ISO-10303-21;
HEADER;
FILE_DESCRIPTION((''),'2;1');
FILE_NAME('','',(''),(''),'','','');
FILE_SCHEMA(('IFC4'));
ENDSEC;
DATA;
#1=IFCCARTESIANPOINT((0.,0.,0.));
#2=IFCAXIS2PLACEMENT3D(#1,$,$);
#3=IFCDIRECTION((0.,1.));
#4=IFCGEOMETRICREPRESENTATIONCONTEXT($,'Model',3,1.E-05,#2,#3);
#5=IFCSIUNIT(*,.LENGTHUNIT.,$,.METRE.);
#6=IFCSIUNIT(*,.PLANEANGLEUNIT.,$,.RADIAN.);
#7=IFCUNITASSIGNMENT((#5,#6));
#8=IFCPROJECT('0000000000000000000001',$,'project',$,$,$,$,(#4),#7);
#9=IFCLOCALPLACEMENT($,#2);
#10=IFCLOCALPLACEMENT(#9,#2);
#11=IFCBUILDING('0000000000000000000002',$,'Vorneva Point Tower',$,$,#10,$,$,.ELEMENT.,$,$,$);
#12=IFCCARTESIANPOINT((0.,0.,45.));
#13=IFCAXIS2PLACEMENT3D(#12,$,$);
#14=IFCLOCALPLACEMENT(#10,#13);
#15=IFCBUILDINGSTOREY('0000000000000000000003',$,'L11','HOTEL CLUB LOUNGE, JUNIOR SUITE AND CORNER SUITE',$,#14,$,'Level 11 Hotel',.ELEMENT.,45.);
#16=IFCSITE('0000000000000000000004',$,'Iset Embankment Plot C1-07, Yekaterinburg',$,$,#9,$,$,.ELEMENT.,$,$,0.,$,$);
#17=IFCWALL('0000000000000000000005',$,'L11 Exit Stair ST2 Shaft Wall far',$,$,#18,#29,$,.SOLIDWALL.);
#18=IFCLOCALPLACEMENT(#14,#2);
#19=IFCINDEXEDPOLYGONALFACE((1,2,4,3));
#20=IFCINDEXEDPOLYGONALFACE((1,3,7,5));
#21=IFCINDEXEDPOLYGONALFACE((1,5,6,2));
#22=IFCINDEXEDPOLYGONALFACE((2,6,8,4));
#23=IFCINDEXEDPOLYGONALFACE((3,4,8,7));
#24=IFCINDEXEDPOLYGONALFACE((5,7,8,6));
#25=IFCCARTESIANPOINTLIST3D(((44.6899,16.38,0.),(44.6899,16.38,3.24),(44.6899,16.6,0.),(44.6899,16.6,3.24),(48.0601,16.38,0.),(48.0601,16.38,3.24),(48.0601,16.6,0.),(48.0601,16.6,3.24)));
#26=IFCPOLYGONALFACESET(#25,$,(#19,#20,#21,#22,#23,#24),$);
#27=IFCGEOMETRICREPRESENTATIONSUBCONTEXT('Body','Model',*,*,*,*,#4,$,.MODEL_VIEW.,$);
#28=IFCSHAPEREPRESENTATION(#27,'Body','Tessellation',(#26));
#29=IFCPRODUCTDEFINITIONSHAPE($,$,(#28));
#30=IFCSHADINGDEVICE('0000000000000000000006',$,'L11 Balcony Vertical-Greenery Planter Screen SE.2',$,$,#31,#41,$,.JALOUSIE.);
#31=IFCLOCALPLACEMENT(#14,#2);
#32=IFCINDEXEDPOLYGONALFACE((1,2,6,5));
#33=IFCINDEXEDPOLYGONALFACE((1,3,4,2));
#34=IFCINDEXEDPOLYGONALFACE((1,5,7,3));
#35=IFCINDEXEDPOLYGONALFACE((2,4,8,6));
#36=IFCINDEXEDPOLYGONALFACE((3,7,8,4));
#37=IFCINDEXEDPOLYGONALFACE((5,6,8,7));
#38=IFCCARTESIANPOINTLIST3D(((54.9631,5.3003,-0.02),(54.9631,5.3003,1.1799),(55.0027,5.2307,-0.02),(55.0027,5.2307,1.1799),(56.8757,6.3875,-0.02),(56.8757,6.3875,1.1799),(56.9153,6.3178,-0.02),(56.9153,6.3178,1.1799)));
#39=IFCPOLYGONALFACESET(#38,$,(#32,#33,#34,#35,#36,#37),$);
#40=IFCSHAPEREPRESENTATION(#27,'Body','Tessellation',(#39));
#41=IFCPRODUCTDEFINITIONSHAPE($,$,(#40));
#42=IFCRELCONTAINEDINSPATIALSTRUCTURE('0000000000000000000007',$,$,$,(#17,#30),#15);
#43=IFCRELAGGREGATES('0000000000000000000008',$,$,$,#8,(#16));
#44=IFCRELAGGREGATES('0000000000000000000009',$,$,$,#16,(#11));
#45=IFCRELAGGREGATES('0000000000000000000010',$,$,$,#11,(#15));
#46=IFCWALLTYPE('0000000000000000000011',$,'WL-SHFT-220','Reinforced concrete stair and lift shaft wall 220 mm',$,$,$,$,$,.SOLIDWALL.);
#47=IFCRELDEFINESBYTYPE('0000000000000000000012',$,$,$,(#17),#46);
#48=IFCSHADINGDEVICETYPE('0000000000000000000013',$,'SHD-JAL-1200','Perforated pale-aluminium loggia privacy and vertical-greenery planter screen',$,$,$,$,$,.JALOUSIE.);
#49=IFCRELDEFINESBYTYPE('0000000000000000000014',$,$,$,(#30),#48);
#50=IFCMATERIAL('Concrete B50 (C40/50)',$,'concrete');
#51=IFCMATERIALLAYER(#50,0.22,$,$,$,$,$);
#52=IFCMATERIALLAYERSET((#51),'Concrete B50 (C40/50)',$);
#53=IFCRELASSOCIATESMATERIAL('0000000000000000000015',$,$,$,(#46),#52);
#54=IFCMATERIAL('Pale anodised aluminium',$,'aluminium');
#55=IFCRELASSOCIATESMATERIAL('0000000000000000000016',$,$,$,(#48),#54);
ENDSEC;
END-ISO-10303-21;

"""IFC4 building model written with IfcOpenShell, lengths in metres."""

from ifc_helpers import new_model, si_unit, direction, frame, frame_2d, origin, origin_2d, place, context, subcontext, project, spatial, rectangle, extrude, material, layer, layer_set, type_object, element, save


model = new_model("IFC4")

# Units and contexts
model_context = context("Model", 3, precision=1e-05, world=origin(), true_north=direction((0.0, 1.0)))
body_context = subcontext(model_context, "Body", "Model", "MODEL_VIEW")
ifc_project = project(units=[si_unit("LENGTHUNIT", "METRE"), si_unit("PLANEANGLEUNIT", "RADIAN")], contexts=[model_context])

# Site, building, storey
site_placement = place(None, origin())
site = spatial("IfcSite", under=ifc_project, at=site_placement, Name="Iset Embankment Plot C1-07, Yekaterinburg", CompositionType="ELEMENT", RefElevation=0.0)
building_placement = place(site_placement, origin())
building = spatial("IfcBuilding", under=site, at=building_placement, Name="Vorneva Point Tower", CompositionType="ELEMENT")
storey_placement = place(building_placement, frame((0.0, 0.0, 45.0)))
storey = spatial("IfcBuildingStorey", under=building, at=storey_placement, Name="L11", Description="HOTEL CLUB LOUNGE, JUNIOR SUITE AND CORNER SUITE", LongName="Level 11 Hotel", CompositionType="ELEMENT", Elevation=45.0)

# Shared definitions
ifc_material_1 = material(Name="Pale anodised aluminium", Category="aluminium")

# Wall
ifc_material_2 = material(Name="Concrete B50 (C40/50)", Category="concrete")
ifc_layer_1 = layer(ifc_material_2, 0.22)
ifc_layer_set_1 = layer_set([ifc_layer_1], Name="Concrete B50 (C40/50)")
wall_type_1 = type_object("IfcWallType", Name="WL-SHFT-220", Description="Reinforced concrete stair and lift shaft wall 220 mm", PredefinedType="SOLIDWALL", material=ifc_layer_set_1)
wall_1_placement = place(storey_placement, frame((48.0601, 16.49, 0.0), z_axis=(0.0, 0.0, 1.0), x_axis=(-1.0, 0.0, 0.0)))
element("IfcWall", 1, at=wall_1_placement, inside=storey, type_object=wall_type_1, Name="L11 Exit Stair ST2 Shaft Wall far", PredefinedType="SOLIDWALL", context=body_context, shape_type="SweptSolid", body=[
    extrude(rectangle(XDim=3.3701, YDim=0.22, at=frame_2d((1.6851, 0.0))), origin(), (0.0, 0.0, 1.0), 3.24),
])

# Shading device
shading_device_type = type_object("IfcShadingDeviceType", Name="SHD-JAL-1200", Description="Perforated pale-aluminium loggia privacy and vertical-greenery planter screen", PredefinedType="JALOUSIE", material=ifc_material_1)
shading_device_placement = place(storey_placement, frame((55.9392, 5.8091, -0.02), z_axis=(0.0, 0.0, 1.0), x_axis=(0.869366, 0.494169, 0.0)))
element("IfcShadingDevice", 2, at=shading_device_placement, inside=storey, type_object=shading_device_type, Name="L11 Balcony Vertical-Greenery Planter Screen SE.2", PredefinedType="JALOUSIE", context=body_context, shape_type="SweptSolid", body=[
    extrude(rectangle(XDim=2.2, YDim=0.0801, at=origin_2d()), origin(), (0.0, 0.0, 1.0), 1.2),
])

save(model, "model.ifc")
